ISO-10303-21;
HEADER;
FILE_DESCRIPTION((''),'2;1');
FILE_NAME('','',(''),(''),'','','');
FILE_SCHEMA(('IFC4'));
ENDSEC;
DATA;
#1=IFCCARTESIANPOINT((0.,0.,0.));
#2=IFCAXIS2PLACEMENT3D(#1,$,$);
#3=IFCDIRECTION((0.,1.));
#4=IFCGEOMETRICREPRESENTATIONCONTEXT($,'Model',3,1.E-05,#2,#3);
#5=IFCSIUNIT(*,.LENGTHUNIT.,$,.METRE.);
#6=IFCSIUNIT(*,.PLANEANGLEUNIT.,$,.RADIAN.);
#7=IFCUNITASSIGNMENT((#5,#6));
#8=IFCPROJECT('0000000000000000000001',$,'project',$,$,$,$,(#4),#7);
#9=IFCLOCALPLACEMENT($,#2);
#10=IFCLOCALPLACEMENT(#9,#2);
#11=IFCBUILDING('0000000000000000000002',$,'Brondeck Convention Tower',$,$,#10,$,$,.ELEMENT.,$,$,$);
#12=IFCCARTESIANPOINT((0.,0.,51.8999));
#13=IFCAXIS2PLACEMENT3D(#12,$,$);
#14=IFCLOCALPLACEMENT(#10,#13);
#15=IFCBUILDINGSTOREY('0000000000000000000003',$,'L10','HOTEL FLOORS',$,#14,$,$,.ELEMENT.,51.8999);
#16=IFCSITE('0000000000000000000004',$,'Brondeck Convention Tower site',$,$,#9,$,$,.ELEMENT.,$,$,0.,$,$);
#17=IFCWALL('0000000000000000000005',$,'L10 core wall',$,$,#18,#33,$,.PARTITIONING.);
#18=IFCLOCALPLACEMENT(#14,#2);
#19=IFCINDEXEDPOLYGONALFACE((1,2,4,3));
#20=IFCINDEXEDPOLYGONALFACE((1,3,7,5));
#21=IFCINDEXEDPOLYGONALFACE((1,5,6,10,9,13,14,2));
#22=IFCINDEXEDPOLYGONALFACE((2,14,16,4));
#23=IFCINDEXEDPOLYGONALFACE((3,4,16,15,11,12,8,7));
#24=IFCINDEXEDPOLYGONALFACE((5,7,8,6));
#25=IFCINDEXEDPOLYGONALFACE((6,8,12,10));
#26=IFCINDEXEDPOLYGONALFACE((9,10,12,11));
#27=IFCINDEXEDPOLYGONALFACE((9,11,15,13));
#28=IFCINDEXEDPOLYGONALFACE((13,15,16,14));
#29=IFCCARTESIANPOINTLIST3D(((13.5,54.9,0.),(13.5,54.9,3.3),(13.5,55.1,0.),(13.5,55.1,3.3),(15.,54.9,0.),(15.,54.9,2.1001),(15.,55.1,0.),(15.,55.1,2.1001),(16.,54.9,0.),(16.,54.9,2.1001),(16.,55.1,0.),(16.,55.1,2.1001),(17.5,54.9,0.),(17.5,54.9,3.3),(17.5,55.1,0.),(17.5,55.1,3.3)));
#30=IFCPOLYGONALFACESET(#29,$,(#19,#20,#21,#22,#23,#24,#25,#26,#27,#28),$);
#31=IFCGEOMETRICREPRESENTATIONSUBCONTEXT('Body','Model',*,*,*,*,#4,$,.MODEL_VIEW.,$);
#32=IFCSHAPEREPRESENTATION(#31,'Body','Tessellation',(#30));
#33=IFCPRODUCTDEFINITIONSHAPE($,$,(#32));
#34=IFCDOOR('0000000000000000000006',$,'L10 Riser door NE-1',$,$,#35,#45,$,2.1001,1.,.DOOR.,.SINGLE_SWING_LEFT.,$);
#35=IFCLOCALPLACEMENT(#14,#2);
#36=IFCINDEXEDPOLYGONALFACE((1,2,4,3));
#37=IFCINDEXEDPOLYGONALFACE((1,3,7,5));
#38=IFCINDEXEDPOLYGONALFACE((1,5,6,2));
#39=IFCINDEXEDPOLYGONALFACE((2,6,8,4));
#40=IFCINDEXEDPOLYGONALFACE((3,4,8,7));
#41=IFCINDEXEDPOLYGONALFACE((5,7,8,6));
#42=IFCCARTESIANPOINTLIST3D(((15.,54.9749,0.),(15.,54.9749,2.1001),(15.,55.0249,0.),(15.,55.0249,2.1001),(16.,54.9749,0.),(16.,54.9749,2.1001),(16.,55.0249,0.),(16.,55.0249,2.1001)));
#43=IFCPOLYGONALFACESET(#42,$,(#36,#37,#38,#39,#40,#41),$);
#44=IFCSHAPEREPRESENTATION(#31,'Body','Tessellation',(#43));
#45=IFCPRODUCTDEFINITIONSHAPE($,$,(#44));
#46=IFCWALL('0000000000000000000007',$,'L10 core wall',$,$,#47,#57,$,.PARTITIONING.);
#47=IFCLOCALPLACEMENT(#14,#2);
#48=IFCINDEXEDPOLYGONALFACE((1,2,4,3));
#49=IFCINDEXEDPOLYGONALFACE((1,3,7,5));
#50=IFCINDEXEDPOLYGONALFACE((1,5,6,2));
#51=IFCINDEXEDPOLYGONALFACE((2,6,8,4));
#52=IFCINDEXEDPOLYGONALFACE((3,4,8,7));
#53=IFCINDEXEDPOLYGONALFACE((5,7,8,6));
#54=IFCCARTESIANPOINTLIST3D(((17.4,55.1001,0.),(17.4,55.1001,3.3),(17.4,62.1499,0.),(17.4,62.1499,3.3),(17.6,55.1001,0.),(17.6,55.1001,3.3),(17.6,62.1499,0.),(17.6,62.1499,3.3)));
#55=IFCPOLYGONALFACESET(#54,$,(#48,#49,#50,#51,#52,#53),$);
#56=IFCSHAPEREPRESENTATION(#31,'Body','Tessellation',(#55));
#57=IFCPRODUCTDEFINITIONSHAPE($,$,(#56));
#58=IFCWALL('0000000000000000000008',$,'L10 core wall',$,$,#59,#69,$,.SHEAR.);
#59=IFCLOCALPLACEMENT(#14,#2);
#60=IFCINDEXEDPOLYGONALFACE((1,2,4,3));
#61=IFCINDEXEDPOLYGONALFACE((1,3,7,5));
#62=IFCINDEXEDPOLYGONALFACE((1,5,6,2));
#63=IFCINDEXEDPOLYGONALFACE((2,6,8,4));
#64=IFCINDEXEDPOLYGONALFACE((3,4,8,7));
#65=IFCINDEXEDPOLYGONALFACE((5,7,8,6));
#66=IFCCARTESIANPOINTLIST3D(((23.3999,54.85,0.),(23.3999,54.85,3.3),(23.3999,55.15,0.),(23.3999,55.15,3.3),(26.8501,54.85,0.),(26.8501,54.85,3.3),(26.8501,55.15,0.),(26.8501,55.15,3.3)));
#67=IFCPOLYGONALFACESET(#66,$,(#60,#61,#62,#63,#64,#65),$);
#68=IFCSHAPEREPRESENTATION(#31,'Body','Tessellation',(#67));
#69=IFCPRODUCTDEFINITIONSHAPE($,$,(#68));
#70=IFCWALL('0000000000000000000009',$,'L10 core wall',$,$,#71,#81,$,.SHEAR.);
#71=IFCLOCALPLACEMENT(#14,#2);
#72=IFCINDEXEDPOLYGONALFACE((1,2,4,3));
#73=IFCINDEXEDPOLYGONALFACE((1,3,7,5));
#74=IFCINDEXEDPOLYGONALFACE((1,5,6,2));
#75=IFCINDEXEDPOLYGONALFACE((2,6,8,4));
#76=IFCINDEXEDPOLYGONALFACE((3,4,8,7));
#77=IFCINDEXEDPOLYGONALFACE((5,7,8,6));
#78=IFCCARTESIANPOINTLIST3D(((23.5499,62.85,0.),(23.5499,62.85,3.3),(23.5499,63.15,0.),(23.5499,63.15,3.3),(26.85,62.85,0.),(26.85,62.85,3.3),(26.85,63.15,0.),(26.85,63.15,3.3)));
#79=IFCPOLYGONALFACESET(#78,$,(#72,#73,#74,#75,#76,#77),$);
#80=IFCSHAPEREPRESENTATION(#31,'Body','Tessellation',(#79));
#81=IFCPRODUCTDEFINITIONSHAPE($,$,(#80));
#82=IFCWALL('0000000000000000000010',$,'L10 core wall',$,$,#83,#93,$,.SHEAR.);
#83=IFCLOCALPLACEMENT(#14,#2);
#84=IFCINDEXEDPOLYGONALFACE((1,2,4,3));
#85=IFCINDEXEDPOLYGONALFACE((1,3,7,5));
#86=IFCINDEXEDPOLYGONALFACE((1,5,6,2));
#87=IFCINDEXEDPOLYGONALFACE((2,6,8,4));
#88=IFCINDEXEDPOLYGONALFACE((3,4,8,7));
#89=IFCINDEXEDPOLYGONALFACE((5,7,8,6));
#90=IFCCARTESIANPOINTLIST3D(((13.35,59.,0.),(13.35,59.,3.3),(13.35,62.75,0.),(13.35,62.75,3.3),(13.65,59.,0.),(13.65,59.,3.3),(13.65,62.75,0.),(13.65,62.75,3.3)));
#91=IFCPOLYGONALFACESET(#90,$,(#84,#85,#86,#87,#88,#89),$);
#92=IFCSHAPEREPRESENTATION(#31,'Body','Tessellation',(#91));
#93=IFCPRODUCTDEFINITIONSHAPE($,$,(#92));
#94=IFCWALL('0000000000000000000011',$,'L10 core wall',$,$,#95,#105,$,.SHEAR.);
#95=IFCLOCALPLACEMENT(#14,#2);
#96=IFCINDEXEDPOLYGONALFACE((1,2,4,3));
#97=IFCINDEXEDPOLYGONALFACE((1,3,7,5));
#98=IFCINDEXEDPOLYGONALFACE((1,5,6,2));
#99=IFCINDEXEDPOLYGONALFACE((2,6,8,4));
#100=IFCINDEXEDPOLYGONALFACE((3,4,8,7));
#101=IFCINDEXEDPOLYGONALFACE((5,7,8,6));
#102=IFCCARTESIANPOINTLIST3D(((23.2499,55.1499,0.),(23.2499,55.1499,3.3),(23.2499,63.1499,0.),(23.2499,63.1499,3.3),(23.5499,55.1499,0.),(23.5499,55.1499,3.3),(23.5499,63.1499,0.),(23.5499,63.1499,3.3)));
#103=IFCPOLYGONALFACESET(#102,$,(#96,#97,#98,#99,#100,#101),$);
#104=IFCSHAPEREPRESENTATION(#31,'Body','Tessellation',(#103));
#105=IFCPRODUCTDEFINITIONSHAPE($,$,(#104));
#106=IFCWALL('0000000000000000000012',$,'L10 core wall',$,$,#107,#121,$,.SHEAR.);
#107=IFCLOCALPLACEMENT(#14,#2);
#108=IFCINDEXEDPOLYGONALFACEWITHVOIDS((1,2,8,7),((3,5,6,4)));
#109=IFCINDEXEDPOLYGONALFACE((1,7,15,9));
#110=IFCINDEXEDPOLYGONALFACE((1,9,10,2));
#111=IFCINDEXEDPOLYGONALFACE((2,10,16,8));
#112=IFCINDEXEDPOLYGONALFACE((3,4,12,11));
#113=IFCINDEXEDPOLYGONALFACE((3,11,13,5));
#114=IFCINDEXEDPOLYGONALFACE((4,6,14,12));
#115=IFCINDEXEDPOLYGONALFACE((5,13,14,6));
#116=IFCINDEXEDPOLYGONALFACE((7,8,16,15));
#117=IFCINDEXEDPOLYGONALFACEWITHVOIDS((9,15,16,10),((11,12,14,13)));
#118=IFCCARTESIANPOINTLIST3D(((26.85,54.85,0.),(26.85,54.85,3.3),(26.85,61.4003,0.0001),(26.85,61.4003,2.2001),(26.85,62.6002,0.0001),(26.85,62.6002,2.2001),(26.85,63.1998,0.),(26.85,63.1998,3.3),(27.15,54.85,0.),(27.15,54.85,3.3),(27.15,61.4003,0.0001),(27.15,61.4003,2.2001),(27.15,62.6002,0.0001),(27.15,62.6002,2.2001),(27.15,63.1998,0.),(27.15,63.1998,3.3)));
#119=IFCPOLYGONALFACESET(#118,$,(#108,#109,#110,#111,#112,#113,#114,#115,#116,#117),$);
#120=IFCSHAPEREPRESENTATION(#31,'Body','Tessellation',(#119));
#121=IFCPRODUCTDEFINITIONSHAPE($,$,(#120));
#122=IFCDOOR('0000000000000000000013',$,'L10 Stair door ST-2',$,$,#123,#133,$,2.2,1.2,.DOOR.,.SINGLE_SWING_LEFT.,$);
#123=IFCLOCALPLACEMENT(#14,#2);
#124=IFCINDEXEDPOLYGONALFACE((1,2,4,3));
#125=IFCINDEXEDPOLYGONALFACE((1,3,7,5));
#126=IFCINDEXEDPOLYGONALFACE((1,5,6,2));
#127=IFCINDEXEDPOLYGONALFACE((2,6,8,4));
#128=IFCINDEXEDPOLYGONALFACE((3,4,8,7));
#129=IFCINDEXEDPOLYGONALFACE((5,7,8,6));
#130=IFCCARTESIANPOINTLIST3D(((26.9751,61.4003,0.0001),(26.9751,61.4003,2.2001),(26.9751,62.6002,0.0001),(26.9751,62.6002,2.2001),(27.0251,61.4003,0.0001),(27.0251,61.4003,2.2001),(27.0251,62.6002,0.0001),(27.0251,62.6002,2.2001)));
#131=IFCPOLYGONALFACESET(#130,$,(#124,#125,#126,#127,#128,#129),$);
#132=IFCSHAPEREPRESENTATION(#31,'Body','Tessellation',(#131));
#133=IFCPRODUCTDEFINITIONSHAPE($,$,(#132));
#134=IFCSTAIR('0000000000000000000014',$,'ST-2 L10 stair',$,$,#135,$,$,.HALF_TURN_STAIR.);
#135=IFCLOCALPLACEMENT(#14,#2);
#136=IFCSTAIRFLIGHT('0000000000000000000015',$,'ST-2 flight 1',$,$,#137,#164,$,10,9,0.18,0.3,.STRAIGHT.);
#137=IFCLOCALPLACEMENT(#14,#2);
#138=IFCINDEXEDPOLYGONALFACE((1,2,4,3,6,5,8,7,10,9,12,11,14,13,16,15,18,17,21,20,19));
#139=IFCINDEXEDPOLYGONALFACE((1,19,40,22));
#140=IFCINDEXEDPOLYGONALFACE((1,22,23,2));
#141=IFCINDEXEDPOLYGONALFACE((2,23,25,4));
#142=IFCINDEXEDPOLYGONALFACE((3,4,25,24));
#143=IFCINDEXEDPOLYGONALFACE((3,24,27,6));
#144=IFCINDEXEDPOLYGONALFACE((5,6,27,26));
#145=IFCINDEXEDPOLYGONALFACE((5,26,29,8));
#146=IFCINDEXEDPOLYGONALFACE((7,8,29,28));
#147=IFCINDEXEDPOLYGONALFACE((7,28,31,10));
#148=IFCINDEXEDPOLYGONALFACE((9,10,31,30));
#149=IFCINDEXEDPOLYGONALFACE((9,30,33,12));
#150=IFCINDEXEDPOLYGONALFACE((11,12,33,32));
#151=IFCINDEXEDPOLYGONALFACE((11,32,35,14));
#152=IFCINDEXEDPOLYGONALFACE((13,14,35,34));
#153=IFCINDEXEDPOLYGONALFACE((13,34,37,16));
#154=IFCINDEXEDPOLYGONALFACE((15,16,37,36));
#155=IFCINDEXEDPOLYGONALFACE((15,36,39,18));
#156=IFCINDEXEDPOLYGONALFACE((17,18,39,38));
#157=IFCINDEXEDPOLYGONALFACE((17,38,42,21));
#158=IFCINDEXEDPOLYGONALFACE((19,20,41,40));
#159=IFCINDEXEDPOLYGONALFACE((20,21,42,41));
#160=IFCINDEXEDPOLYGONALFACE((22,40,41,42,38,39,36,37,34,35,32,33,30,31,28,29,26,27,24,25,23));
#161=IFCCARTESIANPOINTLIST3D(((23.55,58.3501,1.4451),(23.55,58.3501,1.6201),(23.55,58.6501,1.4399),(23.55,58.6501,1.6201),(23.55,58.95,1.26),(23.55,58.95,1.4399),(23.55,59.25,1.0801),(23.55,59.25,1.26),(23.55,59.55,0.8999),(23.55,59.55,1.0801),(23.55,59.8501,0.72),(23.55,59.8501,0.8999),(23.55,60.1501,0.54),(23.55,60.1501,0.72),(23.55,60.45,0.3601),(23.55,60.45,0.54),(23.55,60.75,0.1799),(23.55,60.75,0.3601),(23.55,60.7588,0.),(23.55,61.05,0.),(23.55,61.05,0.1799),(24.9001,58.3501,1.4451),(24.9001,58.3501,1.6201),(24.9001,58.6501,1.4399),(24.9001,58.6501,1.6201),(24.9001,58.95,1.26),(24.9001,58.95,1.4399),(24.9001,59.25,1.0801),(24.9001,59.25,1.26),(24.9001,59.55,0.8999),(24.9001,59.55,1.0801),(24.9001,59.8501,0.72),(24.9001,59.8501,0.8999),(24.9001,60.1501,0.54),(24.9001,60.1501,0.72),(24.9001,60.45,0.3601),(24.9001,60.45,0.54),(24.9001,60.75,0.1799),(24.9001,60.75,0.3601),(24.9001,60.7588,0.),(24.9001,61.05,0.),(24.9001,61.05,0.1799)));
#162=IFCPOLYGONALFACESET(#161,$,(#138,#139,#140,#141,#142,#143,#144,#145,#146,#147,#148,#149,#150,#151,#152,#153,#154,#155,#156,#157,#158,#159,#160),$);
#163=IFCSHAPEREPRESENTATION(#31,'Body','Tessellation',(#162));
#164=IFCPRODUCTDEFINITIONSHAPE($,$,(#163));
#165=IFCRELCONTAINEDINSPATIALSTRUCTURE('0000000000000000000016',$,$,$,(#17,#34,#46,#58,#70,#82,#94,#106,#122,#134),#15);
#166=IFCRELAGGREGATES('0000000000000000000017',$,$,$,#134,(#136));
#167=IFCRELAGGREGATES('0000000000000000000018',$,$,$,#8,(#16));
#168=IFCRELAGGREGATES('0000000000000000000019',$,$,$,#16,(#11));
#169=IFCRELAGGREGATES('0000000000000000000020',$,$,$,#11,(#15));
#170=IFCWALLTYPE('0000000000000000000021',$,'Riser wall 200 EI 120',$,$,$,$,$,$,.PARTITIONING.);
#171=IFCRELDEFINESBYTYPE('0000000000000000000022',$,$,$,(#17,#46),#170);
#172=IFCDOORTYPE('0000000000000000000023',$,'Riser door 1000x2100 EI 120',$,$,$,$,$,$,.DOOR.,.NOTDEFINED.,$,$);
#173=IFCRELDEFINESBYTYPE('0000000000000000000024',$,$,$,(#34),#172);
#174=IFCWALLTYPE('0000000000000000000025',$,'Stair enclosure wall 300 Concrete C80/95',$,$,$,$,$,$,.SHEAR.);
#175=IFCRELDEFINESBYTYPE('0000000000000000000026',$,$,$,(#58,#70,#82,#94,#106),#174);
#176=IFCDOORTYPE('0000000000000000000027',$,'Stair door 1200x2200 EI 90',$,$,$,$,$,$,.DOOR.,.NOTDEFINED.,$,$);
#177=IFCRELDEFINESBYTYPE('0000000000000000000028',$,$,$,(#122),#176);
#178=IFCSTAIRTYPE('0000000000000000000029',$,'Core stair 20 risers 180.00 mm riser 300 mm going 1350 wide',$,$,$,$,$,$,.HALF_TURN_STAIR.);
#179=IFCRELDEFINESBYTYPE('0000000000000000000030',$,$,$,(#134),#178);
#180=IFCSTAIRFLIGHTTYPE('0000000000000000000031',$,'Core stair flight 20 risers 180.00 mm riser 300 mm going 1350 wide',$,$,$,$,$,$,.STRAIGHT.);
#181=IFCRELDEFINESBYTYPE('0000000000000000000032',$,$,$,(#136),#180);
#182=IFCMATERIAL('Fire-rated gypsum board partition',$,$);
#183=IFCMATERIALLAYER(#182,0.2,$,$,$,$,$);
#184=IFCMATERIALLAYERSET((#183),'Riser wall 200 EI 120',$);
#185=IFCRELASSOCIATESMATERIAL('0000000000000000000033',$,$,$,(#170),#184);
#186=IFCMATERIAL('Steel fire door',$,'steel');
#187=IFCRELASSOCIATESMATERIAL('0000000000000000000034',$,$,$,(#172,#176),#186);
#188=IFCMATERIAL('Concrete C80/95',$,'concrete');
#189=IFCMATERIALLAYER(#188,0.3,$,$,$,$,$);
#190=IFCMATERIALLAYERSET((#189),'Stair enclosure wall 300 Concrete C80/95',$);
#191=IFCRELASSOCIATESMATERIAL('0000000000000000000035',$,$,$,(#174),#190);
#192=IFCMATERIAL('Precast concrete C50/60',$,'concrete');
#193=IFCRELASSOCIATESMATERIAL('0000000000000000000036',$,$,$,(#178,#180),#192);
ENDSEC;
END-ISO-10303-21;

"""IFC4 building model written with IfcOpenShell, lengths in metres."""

from ifc_helpers import new_model, si_unit, direction, frame, frame_2d, origin, place, context, subcontext, project, spatial, polyline, rectangle, outline, extrude, material, layer, layer_set, type_object, element, fill, aggregate, save


model = new_model("IFC4")

# Units and contexts
model_context = context("Model", 3, precision=1e-05, world=origin(), true_north=direction((0.0, 1.0)))
body_context = subcontext(model_context, "Body", "Model", "MODEL_VIEW")
ifc_project = project(units=[si_unit("LENGTHUNIT", "METRE"), si_unit("PLANEANGLEUNIT", "RADIAN")], contexts=[model_context])

# Site, building, storey
site_placement = place(None, origin())
site = spatial("IfcSite", under=ifc_project, at=site_placement, Name="Brondeck Convention Tower site", CompositionType="ELEMENT", RefElevation=0.0)
building_placement = place(site_placement, origin())
building = spatial("IfcBuilding", under=site, at=building_placement, Name="Brondeck Convention Tower", CompositionType="ELEMENT")
storey_placement = place(building_placement, frame((0.0, 0.0, 51.8999)))
storey = spatial("IfcBuildingStorey", under=building, at=storey_placement, Name="L10", Description="HOTEL FLOORS", CompositionType="ELEMENT", Elevation=51.8999)

# Shared definitions
ifc_material_1 = material(Name="Concrete C80/95", Category="concrete")

# Shared definitions
ifc_material_2 = material(Name="Fire-rated gypsum board partition")
ifc_material_3 = material(Name="Steel fire door", Category="steel")

# Shared definitions
ifc_layer_1 = layer(ifc_material_2, 0.2)
ifc_layer_set_1 = layer_set([ifc_layer_1], Name="Riser wall 200 EI 120")
wall_type_1 = type_object("IfcWallType", Name="Riser wall 200 EI 120", PredefinedType="PARTITIONING", material=ifc_layer_set_1)

# Wall, opening, door
wall_1_placement = place(storey_placement, frame((13.5, 55.0, 0.0), z_axis=(0.0, 0.0, 1.0), x_axis=(1.0, 0.0, 0.0)))
wall_1 = element("IfcWall", 1, at=wall_1_placement, inside=storey, type_object=wall_type_1, Name="L10 core wall", PredefinedType="PARTITIONING", context=body_context, shape_type="SweptSolid", body=[
    extrude(rectangle(XDim=4.0, YDim=0.2, at=frame_2d((2.0, 0.0))), origin(), (0.0, 0.0, 1.0), 3.3),
])
opening_1_placement = place(wall_1_placement, frame((1.5, 0.0, 0.0)))
opening_1 = element("IfcOpeningElement", 2, at=opening_1_placement, cuts=wall_1, PredefinedType="OPENING", context=body_context, shape_type="SweptSolid", body=[
    extrude(rectangle(XDim=1.0, YDim=2.1001, at=frame_2d((0.5, 1.05))), frame((0.0, 0.1099, 0.0), z_axis=(0.0, -1.0, 0.0), x_axis=(1.0, 0.0, 0.0)), (0.0, 0.0, 1.0), 0.22),
])
door_type_1 = type_object("IfcDoorType", Name="Riser door 1000x2100 EI 120", OperationType="NOTDEFINED", PredefinedType="DOOR", material=ifc_material_3)
door_1_placement = place(opening_1_placement, origin())
door_1 = element("IfcDoor", 3, at=door_1_placement, inside=storey, type_object=door_type_1, Name="L10 Riser door NE-1", OperationType="SINGLE_SWING_LEFT", OverallHeight=2.1001, OverallWidth=1.0, PredefinedType="DOOR", context=body_context, shape_type="SweptSolid", body=[
    extrude(rectangle(XDim=1.0, YDim=2.1001, at=frame_2d((0.5, 1.05))), frame((0.0, 0.0249, 0.0), z_axis=(0.0, -1.0, 0.0), x_axis=(1.0, 0.0, 0.0)), (0.0, 0.0, 1.0), 0.05),
])
fill(opening_1, door_1)

# Walls
wall_2_placement = place(storey_placement, frame((17.5, 55.1001, 0.0), z_axis=(0.0, 0.0, 1.0), x_axis=(0.0, 1.0, 0.0)))
element("IfcWall", 4, at=wall_2_placement, inside=storey, type_object=wall_type_1, Name="L10 core wall", PredefinedType="PARTITIONING", context=body_context, shape_type="SweptSolid", body=[
    extrude(rectangle(XDim=7.0498, YDim=0.2, at=frame_2d((3.5249, 0.0))), origin(), (0.0, 0.0, 1.0), 3.3),
])
ifc_layer_2 = layer(ifc_material_1, 0.3)
ifc_layer_set_2 = layer_set([ifc_layer_2], Name="Stair enclosure wall 300 Concrete C80/95")
wall_type_2 = type_object("IfcWallType", Name="Stair enclosure wall 300 Concrete C80/95", PredefinedType="SHEAR", material=ifc_layer_set_2)
wall_3_placement = place(storey_placement, frame((23.3999, 55.0, 0.0), z_axis=(0.0, 0.0, 1.0), x_axis=(1.0, 0.0, 0.0)))
element("IfcWall", 5, at=wall_3_placement, inside=storey, type_object=wall_type_2, Name="L10 core wall", PredefinedType="SHEAR", context=body_context, shape_type="SweptSolid", body=[
    extrude(rectangle(XDim=3.4502, YDim=0.3, at=frame_2d((1.7251, 0.0))), origin(), (0.0, 0.0, 1.0), 3.3),
])
wall_4_placement = place(storey_placement, frame((23.55, 63.0, 0.0), z_axis=(0.0, 0.0, 1.0), x_axis=(1.0, 0.0, 0.0)))
element("IfcWall", 6, at=wall_4_placement, inside=storey, type_object=wall_type_2, Name="L10 core wall", PredefinedType="SHEAR", context=body_context, shape_type="SweptSolid", body=[
    extrude(rectangle(XDim=3.3, YDim=0.3, at=frame_2d((1.6499, 0.0))), origin(), (0.0, 0.0, 1.0), 3.3),
])
wall_5_placement = place(storey_placement, frame((13.5, 59.0, 0.0), z_axis=(0.0, 0.0, 1.0), x_axis=(0.0, 1.0, 0.0)))
element("IfcWall", 7, at=wall_5_placement, inside=storey, type_object=wall_type_2, Name="L10 core wall", PredefinedType="SHEAR", context=body_context, shape_type="SweptSolid", body=[
    extrude(rectangle(XDim=3.75, YDim=0.3, at=frame_2d((1.875, 0.0))), origin(), (0.0, 0.0, 1.0), 3.3),
])
wall_6_placement = place(storey_placement, frame((23.3999, 55.1499, 0.0), z_axis=(0.0, 0.0, 1.0), x_axis=(0.0, 1.0, 0.0)))
element("IfcWall", 8, at=wall_6_placement, inside=storey, type_object=wall_type_2, Name="L10 core wall", PredefinedType="SHEAR", context=body_context, shape_type="SweptSolid", body=[
    extrude(rectangle(XDim=8.0, YDim=0.3, at=frame_2d((4.0, 0.0))), origin(), (0.0, 0.0, 1.0), 3.3),
])

# Wall, opening, door
wall_7_placement = place(storey_placement, frame((27.0, 54.8501, 0.0), z_axis=(0.0, 0.0, 1.0), x_axis=(0.0, 1.0, 0.0)))
wall_7 = element("IfcWall", 9, at=wall_7_placement, inside=storey, type_object=wall_type_2, Name="L10 core wall", PredefinedType="SHEAR", context=body_context, shape_type="SweptSolid", body=[
    extrude(rectangle(XDim=8.3499, YDim=0.3, at=frame_2d((4.1748, 0.0))), origin(), (0.0, 0.0, 1.0), 3.3),
])
opening_2_placement = place(wall_7_placement, frame((6.55, 0.0, 0.0)))
opening_2 = element("IfcOpeningElement", 10, at=opening_2_placement, cuts=wall_7, PredefinedType="OPENING", context=body_context, shape_type="SweptSolid", body=[
    extrude(rectangle(XDim=1.2, YDim=2.2, at=frame_2d((0.6001, 1.1001))), frame((0.0, 0.1599, 0.0), z_axis=(0.0, -1.0, 0.0), x_axis=(1.0, 0.0, 0.0)), (0.0, 0.0, 1.0), 0.3201),
])
door_type_2 = type_object("IfcDoorType", Name="Stair door 1200x2200 EI 90", OperationType="NOTDEFINED", PredefinedType="DOOR", material=ifc_material_3)
door_2_placement = place(opening_2_placement, origin())
door_2 = element("IfcDoor", 11, at=door_2_placement, inside=storey, type_object=door_type_2, Name="L10 Stair door ST-2", OperationType="SINGLE_SWING_LEFT", OverallHeight=2.2, OverallWidth=1.2, PredefinedType="DOOR", context=body_context, shape_type="SweptSolid", body=[
    extrude(rectangle(XDim=1.2, YDim=2.2, at=frame_2d((0.6001, 1.1001))), frame((0.0, 0.0249, 0.0), z_axis=(0.0, -1.0, 0.0), x_axis=(1.0, 0.0, 0.0)), (0.0, 0.0, 1.0), 0.05),
])
fill(opening_2, door_2)

# Stair, stair flight
ifc_material_4 = material(Name="Precast concrete C50/60", Category="concrete")
stair_type = type_object("IfcStairType", Name="Core stair 20 risers 180.00 mm riser 300 mm going 1350 wide", PredefinedType="HALF_TURN_STAIR", material=ifc_material_4)
stair_1_placement = place(storey_placement, origin())
stair_1 = element("IfcStair", 12, at=stair_1_placement, inside=storey, type_object=stair_type, Name="ST-2 L10 stair", PredefinedType="HALF_TURN_STAIR")
stair_flight_type = type_object("IfcStairFlightType", Name="Core stair flight 20 risers 180.00 mm riser 300 mm going 1350 wide", PredefinedType="STRAIGHT", material=ifc_material_4)
stair_flight_1_placement = place(storey_placement, frame((24.2251, 61.05, 0.0), z_axis=(0.0, 0.0, 1.0), x_axis=(0.0, -1.0, 0.0)))
stair_flight_1 = element("IfcStairFlight", 13, at=stair_flight_1_placement, type_object=stair_flight_type, Name="ST-2 flight 1", NumberOfRisers=10, NumberOfTreads=9, PredefinedType="STRAIGHT", RiserHeight=0.18, TreadLength=0.3, context=body_context, shape_type="SweptSolid", body=[
    extrude(outline(polyline([(0.0, 0.0), (0.0, 0.1799), (0.3, 0.1799), (0.3, 0.3601), (0.6001, 0.3601), (0.6001, 0.54), (0.8999, 0.54), (0.8999, 0.72), (1.2, 0.72), (1.2, 0.8999), (1.5, 0.8999), (1.5, 1.0801), (1.8, 1.0801), (1.8, 1.26), (2.1001, 1.26), (2.1001, 1.4399), (2.3999, 1.4399), (2.3999, 1.6201), (2.7, 1.6201), (2.7, 1.8), (2.7, 1.4451), (0.2913, 0.0), (0.0, 0.0)])), frame((0.0, 0.675, 0.0), z_axis=(0.0, -1.0, 0.0), x_axis=(1.0, 0.0, 0.0)), (0.0, 0.0, 1.0), 1.3501),
])
aggregate(stair_1, [stair_flight_1])

save(model, "model.ifc")
